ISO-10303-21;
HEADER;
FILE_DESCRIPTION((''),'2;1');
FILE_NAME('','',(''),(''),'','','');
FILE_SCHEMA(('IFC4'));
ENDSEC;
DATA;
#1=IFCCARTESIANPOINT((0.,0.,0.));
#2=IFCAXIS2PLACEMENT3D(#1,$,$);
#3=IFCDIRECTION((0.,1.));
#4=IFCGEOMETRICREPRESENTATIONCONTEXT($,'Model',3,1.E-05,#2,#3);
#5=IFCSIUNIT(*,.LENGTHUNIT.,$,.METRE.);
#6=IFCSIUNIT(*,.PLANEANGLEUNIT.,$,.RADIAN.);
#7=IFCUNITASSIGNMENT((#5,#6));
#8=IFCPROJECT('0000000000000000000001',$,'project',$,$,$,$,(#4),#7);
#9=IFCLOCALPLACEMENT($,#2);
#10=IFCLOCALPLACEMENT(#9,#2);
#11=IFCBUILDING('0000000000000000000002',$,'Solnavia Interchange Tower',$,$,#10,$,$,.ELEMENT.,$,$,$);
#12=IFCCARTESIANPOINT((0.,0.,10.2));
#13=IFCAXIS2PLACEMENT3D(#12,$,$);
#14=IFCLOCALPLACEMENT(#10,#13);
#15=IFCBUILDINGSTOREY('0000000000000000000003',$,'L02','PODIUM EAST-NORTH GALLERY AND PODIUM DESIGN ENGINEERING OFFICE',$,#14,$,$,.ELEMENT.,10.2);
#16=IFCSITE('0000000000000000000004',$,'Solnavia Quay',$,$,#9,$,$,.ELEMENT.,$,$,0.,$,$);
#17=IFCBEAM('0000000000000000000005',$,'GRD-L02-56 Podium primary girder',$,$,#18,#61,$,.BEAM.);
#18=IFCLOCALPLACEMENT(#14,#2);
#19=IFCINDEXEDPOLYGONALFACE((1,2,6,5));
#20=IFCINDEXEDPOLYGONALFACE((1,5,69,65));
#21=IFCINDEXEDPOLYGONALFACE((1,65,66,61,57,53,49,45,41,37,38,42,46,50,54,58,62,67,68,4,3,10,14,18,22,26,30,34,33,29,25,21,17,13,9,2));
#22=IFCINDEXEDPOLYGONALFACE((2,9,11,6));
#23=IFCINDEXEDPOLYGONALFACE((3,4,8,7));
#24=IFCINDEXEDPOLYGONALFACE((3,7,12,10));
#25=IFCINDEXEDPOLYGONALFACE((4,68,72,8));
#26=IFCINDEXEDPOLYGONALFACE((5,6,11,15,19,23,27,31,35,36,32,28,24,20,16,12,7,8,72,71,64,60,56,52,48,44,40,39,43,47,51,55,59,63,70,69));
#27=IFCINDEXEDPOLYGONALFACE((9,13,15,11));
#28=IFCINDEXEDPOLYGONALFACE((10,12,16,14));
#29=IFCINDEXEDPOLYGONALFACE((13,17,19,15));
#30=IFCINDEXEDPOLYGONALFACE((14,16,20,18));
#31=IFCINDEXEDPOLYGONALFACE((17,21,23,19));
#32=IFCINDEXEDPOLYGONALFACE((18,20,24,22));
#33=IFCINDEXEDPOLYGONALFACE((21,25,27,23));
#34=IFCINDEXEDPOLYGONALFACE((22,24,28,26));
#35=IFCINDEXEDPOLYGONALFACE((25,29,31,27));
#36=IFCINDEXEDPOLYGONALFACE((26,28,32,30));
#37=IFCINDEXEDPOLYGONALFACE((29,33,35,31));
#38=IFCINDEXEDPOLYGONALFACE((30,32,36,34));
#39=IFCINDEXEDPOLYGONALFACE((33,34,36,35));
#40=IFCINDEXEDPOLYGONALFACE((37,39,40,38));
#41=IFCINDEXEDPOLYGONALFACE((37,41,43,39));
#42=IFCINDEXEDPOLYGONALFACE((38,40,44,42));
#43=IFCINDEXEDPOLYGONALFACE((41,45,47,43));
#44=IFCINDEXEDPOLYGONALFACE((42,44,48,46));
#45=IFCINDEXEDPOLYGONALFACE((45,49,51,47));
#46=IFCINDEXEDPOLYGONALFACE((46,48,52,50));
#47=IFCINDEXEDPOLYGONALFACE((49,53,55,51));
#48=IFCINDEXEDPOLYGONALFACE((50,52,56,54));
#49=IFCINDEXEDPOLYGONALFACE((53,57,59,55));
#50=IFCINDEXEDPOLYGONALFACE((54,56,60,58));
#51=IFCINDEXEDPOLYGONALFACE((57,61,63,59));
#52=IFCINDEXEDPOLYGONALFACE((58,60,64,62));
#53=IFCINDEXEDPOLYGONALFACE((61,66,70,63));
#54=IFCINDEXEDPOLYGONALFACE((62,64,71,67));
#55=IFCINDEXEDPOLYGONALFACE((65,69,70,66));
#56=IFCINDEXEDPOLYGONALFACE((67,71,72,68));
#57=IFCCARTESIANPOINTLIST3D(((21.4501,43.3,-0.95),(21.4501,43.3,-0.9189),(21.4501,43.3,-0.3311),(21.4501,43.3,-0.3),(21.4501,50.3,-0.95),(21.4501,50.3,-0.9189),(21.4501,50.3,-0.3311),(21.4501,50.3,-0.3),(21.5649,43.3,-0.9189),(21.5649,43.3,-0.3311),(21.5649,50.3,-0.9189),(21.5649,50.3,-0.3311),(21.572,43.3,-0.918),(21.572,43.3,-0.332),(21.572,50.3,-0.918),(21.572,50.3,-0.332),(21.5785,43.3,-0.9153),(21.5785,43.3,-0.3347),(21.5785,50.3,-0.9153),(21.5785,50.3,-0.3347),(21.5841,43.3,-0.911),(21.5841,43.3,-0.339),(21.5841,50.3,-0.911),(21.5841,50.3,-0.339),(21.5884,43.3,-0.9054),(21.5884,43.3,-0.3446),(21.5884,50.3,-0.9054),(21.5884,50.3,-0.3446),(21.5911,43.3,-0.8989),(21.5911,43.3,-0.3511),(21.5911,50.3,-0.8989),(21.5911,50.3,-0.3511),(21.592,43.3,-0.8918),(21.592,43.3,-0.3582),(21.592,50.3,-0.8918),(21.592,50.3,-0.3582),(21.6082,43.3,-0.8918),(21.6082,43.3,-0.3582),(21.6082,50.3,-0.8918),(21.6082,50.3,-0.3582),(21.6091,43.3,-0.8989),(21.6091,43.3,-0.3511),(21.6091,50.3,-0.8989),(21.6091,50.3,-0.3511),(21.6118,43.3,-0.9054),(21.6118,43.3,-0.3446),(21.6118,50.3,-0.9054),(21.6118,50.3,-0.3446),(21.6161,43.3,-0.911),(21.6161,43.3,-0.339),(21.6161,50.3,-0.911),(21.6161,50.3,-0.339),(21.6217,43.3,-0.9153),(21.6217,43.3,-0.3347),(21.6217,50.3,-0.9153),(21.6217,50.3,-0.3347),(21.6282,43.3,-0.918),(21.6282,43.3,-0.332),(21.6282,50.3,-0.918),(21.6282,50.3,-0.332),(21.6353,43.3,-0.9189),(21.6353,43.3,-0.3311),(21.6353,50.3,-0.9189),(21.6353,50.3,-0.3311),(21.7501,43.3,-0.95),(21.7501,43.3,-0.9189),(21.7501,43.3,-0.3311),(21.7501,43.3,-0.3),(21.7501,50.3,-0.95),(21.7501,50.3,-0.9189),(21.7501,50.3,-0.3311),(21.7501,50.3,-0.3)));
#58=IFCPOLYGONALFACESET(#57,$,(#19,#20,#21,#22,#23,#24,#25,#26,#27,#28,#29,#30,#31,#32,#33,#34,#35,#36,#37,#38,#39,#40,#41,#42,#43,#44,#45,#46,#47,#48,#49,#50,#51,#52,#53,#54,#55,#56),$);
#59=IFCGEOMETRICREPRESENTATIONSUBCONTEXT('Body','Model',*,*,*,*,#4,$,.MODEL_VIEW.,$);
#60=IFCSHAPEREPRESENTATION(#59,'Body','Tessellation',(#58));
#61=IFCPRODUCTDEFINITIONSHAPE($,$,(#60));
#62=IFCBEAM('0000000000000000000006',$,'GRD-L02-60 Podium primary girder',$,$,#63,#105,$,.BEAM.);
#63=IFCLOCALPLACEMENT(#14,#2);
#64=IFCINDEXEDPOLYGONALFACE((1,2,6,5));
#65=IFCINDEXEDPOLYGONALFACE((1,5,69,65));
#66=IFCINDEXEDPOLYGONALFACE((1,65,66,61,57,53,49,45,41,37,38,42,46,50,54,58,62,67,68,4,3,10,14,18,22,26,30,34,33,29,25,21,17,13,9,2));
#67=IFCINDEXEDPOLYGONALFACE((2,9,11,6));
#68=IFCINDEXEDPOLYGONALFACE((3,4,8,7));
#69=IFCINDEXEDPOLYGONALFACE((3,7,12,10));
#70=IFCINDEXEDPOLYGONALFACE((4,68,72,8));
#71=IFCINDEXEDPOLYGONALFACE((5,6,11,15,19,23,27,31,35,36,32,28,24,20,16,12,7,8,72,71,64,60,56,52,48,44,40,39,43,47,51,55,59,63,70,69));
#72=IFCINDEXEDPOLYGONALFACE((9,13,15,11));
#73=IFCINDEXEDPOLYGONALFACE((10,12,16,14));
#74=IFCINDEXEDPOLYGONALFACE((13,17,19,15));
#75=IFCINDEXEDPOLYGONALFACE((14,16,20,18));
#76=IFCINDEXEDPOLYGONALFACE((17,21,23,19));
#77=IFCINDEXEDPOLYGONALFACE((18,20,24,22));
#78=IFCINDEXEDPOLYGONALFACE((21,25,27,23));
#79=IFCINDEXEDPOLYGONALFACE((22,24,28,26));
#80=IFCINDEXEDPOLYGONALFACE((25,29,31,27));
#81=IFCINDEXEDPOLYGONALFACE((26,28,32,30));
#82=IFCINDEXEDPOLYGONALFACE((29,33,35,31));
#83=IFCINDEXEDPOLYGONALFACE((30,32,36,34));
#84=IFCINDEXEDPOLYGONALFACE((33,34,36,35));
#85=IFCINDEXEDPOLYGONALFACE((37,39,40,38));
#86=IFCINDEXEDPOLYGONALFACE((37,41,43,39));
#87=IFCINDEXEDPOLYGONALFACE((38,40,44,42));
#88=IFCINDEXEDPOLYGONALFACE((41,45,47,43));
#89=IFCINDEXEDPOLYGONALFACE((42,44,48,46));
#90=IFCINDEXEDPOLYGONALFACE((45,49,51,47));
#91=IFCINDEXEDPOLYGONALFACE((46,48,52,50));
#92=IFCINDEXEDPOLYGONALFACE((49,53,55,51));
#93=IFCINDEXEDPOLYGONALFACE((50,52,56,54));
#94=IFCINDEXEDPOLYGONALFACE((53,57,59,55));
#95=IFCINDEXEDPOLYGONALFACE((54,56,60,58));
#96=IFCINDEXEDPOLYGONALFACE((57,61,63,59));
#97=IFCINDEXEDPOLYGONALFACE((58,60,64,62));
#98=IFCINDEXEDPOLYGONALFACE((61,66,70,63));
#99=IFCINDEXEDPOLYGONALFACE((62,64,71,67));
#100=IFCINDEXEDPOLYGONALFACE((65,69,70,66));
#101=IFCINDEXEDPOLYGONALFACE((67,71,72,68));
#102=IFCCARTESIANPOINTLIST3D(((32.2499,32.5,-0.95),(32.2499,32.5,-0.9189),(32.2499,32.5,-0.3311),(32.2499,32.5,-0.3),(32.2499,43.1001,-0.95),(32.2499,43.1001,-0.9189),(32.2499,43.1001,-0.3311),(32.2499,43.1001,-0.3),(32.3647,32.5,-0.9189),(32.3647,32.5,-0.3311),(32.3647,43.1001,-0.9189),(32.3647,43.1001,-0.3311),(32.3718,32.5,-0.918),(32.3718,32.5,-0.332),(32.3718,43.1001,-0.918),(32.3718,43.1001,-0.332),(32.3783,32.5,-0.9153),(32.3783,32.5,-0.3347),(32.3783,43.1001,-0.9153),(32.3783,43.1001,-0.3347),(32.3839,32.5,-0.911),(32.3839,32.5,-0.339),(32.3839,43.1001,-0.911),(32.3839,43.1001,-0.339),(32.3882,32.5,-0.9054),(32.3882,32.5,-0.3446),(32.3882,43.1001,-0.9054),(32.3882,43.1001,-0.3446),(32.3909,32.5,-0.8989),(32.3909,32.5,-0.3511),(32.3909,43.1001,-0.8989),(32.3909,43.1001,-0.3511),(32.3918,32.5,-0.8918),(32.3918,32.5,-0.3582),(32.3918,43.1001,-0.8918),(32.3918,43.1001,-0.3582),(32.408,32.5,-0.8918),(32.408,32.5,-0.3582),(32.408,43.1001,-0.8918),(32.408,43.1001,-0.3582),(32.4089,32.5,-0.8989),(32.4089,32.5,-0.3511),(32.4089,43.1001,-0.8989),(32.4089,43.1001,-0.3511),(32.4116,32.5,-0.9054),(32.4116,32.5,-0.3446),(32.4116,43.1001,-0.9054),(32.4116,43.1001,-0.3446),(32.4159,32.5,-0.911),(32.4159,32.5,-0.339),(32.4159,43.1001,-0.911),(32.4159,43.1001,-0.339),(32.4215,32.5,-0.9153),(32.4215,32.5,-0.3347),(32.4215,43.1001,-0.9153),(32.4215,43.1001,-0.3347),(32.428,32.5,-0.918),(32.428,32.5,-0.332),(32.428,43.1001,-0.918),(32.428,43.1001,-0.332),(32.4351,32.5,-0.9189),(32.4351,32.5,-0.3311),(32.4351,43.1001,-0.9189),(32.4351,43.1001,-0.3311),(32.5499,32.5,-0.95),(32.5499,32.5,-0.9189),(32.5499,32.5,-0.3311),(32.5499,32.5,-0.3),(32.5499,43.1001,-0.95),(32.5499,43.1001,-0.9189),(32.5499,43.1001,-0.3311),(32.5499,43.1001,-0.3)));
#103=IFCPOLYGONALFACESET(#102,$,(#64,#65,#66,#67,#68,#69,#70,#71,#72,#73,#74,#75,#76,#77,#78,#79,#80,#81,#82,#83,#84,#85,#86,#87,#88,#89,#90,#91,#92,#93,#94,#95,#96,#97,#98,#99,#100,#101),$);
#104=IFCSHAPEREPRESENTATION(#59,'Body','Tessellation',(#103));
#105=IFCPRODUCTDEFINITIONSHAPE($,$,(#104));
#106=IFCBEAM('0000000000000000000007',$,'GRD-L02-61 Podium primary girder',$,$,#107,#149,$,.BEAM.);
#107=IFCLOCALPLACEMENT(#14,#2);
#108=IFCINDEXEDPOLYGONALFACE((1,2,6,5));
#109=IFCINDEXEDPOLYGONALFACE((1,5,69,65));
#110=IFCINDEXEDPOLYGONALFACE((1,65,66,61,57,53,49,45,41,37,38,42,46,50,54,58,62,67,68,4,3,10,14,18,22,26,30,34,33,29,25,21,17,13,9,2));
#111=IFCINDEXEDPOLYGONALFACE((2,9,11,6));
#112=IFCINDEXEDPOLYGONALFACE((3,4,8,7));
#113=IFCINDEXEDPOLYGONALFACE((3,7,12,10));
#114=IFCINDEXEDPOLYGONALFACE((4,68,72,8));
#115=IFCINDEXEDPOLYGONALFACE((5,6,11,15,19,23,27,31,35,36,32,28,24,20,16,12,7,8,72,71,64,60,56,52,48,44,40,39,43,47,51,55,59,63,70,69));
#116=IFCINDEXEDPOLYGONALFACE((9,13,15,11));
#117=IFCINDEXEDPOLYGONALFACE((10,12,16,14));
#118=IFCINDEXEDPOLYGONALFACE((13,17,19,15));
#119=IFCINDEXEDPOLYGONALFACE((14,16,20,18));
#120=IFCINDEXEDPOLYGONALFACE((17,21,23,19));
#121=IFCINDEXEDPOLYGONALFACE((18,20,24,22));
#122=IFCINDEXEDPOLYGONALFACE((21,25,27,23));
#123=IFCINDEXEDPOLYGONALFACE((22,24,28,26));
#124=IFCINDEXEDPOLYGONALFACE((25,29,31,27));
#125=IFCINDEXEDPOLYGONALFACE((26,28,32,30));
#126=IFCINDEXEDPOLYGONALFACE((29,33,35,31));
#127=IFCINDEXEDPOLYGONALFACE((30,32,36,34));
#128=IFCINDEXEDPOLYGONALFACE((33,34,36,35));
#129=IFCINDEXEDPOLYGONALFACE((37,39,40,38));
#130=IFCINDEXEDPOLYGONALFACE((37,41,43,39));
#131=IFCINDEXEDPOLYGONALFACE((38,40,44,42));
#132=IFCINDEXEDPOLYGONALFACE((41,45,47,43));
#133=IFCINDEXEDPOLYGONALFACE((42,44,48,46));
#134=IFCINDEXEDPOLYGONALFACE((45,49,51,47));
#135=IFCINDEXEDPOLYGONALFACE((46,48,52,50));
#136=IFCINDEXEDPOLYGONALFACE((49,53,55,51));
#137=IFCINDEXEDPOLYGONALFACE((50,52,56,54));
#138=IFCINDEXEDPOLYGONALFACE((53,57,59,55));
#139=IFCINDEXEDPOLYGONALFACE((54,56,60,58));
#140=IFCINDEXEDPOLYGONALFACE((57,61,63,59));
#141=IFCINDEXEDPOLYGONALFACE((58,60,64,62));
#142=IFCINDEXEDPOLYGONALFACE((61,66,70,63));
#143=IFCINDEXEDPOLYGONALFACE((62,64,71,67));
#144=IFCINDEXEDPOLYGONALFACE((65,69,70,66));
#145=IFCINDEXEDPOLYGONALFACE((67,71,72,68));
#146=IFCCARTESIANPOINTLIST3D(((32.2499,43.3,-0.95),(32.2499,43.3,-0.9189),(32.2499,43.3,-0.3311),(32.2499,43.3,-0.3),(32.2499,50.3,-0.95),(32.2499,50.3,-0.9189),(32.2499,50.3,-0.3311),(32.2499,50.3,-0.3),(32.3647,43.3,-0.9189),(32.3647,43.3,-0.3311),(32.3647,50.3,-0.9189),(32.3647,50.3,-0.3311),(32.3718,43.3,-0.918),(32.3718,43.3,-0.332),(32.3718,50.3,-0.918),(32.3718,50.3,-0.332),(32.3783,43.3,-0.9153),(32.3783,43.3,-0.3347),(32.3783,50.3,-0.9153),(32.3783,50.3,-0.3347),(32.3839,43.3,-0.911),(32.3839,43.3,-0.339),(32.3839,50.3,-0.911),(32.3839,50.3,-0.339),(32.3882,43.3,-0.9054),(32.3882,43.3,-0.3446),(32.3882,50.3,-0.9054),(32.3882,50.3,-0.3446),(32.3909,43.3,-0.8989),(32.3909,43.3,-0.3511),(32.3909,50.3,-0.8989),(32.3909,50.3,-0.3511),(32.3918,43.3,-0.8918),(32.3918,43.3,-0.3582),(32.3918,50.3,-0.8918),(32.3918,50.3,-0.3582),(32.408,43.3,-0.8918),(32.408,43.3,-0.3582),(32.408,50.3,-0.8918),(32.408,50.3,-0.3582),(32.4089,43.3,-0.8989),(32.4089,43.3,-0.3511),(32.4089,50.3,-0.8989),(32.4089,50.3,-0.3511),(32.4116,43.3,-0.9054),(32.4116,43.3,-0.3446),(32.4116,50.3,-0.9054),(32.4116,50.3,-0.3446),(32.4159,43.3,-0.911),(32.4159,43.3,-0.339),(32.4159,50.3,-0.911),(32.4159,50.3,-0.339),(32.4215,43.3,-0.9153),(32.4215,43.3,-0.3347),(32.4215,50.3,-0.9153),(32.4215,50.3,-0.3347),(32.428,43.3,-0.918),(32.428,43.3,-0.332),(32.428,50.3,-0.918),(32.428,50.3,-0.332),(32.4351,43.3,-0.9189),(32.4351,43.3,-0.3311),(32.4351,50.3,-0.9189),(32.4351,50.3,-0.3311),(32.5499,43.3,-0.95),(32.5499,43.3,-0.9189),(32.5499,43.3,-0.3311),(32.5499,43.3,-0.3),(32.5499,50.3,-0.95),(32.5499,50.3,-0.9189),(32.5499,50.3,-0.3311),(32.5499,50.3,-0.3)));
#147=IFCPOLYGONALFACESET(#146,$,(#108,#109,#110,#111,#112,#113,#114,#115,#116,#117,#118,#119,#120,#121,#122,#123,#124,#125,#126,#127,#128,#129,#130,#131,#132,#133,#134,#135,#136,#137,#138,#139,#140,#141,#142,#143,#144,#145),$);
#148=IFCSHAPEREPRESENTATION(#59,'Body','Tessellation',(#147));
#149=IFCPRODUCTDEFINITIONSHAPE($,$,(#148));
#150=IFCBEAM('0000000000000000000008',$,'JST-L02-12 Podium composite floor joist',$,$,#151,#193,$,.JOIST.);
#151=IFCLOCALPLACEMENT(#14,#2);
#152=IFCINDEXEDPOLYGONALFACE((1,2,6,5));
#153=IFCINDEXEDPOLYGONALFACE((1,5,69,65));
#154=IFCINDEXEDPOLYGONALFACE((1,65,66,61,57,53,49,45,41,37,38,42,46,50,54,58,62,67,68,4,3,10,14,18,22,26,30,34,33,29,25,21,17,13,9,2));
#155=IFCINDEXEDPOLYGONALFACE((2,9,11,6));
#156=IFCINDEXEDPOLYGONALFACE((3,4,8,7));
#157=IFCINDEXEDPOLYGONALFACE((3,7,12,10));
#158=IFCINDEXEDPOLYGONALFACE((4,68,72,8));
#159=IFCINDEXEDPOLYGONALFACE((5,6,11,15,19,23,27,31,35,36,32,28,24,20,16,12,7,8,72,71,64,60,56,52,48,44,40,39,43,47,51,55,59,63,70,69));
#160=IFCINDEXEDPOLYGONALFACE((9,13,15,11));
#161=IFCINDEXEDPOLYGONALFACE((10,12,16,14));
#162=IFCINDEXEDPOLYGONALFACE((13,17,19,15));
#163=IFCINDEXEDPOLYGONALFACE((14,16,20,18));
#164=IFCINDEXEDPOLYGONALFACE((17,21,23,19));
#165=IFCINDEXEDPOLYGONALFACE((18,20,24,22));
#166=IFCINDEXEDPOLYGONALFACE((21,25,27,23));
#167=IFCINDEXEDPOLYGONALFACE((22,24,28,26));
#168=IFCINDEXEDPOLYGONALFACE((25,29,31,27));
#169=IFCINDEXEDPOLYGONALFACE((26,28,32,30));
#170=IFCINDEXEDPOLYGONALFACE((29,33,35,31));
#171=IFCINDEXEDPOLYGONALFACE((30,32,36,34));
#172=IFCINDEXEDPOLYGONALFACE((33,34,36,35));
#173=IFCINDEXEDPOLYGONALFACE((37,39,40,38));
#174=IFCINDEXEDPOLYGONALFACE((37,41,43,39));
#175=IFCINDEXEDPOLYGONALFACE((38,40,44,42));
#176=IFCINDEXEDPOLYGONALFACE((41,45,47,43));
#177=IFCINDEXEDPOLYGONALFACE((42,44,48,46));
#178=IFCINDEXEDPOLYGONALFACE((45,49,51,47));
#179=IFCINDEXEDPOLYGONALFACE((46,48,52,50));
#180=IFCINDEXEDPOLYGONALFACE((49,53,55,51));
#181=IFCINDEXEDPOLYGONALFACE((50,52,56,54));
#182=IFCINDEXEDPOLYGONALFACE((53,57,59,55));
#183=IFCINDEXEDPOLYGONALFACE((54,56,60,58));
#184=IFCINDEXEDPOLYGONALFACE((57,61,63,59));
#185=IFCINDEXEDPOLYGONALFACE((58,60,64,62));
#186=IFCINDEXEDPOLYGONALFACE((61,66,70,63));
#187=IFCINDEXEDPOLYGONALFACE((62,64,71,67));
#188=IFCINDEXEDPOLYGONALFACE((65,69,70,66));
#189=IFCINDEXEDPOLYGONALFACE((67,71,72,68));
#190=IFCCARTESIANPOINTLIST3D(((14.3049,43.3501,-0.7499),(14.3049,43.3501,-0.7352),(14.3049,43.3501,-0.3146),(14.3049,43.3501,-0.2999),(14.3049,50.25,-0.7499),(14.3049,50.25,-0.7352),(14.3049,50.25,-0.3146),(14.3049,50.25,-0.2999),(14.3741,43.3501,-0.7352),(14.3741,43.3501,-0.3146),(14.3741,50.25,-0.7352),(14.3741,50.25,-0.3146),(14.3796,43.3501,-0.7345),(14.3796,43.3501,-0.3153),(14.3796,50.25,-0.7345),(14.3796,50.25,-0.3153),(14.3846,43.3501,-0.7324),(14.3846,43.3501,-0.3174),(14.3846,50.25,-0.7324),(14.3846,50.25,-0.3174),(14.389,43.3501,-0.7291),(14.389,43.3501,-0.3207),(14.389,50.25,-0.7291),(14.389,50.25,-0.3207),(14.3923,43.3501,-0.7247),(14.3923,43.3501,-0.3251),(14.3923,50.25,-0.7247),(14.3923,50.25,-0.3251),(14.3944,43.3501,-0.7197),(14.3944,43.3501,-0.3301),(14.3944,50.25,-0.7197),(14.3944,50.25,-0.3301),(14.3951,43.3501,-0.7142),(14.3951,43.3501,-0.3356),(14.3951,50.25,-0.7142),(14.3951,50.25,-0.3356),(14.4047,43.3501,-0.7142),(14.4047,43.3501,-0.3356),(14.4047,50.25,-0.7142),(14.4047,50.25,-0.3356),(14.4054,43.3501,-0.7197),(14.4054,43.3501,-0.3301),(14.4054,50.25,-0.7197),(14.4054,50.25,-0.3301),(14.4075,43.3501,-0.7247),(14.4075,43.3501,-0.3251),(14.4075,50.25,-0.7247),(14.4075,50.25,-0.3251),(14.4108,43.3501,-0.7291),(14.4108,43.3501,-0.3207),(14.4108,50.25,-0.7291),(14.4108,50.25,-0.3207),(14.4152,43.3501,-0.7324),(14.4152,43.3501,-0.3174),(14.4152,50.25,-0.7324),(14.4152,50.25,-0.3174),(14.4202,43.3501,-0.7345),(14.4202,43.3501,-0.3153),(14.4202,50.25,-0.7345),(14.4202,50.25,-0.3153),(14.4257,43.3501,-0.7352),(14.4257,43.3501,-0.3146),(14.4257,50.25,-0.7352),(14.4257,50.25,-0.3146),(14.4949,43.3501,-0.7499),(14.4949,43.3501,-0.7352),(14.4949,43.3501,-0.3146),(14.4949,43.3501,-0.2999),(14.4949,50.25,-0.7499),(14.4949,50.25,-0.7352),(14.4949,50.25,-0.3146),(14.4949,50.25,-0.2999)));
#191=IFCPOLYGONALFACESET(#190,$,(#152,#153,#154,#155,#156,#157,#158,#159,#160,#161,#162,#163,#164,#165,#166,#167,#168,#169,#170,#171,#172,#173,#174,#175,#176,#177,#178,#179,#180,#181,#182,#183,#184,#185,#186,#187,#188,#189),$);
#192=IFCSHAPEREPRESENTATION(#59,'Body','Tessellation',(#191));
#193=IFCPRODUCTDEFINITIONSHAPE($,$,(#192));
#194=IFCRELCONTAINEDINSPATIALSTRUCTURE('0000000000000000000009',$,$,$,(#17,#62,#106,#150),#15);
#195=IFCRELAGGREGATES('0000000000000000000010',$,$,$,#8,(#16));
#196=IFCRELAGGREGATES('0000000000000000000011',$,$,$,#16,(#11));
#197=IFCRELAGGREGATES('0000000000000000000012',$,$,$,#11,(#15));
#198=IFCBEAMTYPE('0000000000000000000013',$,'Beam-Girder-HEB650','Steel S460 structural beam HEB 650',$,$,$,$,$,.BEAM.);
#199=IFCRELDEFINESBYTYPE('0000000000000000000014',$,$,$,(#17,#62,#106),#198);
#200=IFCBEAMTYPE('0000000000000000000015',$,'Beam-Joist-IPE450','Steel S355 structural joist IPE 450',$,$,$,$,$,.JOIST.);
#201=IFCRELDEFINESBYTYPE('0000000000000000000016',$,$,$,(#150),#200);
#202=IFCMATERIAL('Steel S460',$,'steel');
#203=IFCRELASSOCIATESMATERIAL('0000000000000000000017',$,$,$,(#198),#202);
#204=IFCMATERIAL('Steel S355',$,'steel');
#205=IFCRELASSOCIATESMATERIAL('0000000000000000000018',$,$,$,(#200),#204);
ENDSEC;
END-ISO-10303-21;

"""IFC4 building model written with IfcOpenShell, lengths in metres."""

from ifc_helpers import new_model, si_unit, direction, frame, origin, origin_2d, place, context, subcontext, project, spatial, i_section, extrude, material, material_profile, profile_set, type_object, element, save


model = new_model("IFC4")

# Units and contexts
model_context = context("Model", 3, precision=1e-05, world=origin(), true_north=direction((0.0, 1.0)))
body_context = subcontext(model_context, "Body", "Model", "MODEL_VIEW")
ifc_project = project(units=[si_unit("LENGTHUNIT", "METRE"), si_unit("PLANEANGLEUNIT", "RADIAN")], contexts=[model_context])

# Site, building, storey
site_placement = place(None, origin())
site = spatial("IfcSite", under=ifc_project, at=site_placement, Name="Solnavia Quay", CompositionType="ELEMENT", RefElevation=0.0)
building_placement = place(site_placement, origin())
building = spatial("IfcBuilding", under=site, at=building_placement, Name="Solnavia Interchange Tower", CompositionType="ELEMENT")
storey_placement = place(building_placement, frame((0.0, 0.0, 10.2)))
storey = spatial("IfcBuildingStorey", under=building, at=storey_placement, Name="L02", Description="PODIUM EAST-NORTH GALLERY AND PODIUM DESIGN ENGINEERING OFFICE", CompositionType="ELEMENT", Elevation=10.2)

# Beams
ifc_material_1 = material(Name="Steel S460", Category="steel")
ifc_material_profile_1 = material_profile(ifc_material_1, i_section(OverallWidth=0.3, OverallDepth=0.6499, WebThickness=0.0161, FlangeThickness=0.031, FilletRadius=0.0271, at=origin_2d()), Name="HEB 650")
ifc_profile_set_1 = profile_set([ifc_material_profile_1], Name="Steel S460")
beam_type_1 = type_object("IfcBeamType", Name="Beam-Girder-HEB650", Description="Steel S460 structural beam HEB 650", PredefinedType="BEAM", material=ifc_profile_set_1)
beam_1_placement = place(storey_placement, frame((21.6001, 43.3, -0.625), z_axis=(0.0, 1.0, 0.0), x_axis=(-1.0, 0.0, 0.0)))
element("IfcBeam", 1, at=beam_1_placement, inside=storey, type_object=beam_type_1, Name="GRD-L02-56 Podium primary girder", PredefinedType="BEAM", context=body_context, shape_type="SweptSolid", body=[
    extrude(i_section(OverallWidth=0.3, OverallDepth=0.6499, WebThickness=0.0161, FlangeThickness=0.031, FilletRadius=0.0271, at=origin_2d()), origin(), (0.0, 0.0, 1.0), 7.0),
])
beam_2_placement = place(storey_placement, frame((32.3999, 32.5, -0.625), z_axis=(0.0, 1.0, 0.0), x_axis=(-1.0, 0.0, 0.0)))
element("IfcBeam", 2, at=beam_2_placement, inside=storey, type_object=beam_type_1, Name="GRD-L02-60 Podium primary girder", PredefinedType="BEAM", context=body_context, shape_type="SweptSolid", body=[
    extrude(i_section(OverallWidth=0.3, OverallDepth=0.6499, WebThickness=0.0161, FlangeThickness=0.031, FilletRadius=0.0271, at=origin_2d()), origin(), (0.0, 0.0, 1.0), 10.6001),
])
beam_3_placement = place(storey_placement, frame((32.3999, 43.3, -0.625), z_axis=(0.0, 1.0, 0.0), x_axis=(-1.0, 0.0, 0.0)))
element("IfcBeam", 3, at=beam_3_placement, inside=storey, type_object=beam_type_1, Name="GRD-L02-61 Podium primary girder", PredefinedType="BEAM", context=body_context, shape_type="SweptSolid", body=[
    extrude(i_section(OverallWidth=0.3, OverallDepth=0.6499, WebThickness=0.0161, FlangeThickness=0.031, FilletRadius=0.0271, at=origin_2d()), origin(), (0.0, 0.0, 1.0), 7.0),
])
ifc_material_2 = material(Name="Steel S355", Category="steel")
ifc_material_profile_2 = material_profile(ifc_material_2, i_section(OverallWidth=0.1899, OverallDepth=0.45, WebThickness=0.0095, FlangeThickness=0.0146, FilletRadius=0.021, at=origin_2d()), Name="IPE 450")
ifc_profile_set_2 = profile_set([ifc_material_profile_2], Name="Steel S355")
beam_type_2 = type_object("IfcBeamType", Name="Beam-Joist-IPE450", Description="Steel S355 structural joist IPE 450", PredefinedType="JOIST", material=ifc_profile_set_2)
beam_4_placement = place(storey_placement, frame((14.3999, 43.3501, -0.5249), z_axis=(0.0, 1.0, 0.0), x_axis=(-1.0, 0.0, 0.0)))
element("IfcBeam", 4, at=beam_4_placement, inside=storey, type_object=beam_type_2, Name="JST-L02-12 Podium composite floor joist", PredefinedType="JOIST", context=body_context, shape_type="SweptSolid", body=[
    extrude(i_section(OverallWidth=0.1899, OverallDepth=0.45, WebThickness=0.0095, FlangeThickness=0.0146, FilletRadius=0.021, at=origin_2d()), origin(), (0.0, 0.0, 1.0), 6.8999),
])

save(model, "model.ifc")
